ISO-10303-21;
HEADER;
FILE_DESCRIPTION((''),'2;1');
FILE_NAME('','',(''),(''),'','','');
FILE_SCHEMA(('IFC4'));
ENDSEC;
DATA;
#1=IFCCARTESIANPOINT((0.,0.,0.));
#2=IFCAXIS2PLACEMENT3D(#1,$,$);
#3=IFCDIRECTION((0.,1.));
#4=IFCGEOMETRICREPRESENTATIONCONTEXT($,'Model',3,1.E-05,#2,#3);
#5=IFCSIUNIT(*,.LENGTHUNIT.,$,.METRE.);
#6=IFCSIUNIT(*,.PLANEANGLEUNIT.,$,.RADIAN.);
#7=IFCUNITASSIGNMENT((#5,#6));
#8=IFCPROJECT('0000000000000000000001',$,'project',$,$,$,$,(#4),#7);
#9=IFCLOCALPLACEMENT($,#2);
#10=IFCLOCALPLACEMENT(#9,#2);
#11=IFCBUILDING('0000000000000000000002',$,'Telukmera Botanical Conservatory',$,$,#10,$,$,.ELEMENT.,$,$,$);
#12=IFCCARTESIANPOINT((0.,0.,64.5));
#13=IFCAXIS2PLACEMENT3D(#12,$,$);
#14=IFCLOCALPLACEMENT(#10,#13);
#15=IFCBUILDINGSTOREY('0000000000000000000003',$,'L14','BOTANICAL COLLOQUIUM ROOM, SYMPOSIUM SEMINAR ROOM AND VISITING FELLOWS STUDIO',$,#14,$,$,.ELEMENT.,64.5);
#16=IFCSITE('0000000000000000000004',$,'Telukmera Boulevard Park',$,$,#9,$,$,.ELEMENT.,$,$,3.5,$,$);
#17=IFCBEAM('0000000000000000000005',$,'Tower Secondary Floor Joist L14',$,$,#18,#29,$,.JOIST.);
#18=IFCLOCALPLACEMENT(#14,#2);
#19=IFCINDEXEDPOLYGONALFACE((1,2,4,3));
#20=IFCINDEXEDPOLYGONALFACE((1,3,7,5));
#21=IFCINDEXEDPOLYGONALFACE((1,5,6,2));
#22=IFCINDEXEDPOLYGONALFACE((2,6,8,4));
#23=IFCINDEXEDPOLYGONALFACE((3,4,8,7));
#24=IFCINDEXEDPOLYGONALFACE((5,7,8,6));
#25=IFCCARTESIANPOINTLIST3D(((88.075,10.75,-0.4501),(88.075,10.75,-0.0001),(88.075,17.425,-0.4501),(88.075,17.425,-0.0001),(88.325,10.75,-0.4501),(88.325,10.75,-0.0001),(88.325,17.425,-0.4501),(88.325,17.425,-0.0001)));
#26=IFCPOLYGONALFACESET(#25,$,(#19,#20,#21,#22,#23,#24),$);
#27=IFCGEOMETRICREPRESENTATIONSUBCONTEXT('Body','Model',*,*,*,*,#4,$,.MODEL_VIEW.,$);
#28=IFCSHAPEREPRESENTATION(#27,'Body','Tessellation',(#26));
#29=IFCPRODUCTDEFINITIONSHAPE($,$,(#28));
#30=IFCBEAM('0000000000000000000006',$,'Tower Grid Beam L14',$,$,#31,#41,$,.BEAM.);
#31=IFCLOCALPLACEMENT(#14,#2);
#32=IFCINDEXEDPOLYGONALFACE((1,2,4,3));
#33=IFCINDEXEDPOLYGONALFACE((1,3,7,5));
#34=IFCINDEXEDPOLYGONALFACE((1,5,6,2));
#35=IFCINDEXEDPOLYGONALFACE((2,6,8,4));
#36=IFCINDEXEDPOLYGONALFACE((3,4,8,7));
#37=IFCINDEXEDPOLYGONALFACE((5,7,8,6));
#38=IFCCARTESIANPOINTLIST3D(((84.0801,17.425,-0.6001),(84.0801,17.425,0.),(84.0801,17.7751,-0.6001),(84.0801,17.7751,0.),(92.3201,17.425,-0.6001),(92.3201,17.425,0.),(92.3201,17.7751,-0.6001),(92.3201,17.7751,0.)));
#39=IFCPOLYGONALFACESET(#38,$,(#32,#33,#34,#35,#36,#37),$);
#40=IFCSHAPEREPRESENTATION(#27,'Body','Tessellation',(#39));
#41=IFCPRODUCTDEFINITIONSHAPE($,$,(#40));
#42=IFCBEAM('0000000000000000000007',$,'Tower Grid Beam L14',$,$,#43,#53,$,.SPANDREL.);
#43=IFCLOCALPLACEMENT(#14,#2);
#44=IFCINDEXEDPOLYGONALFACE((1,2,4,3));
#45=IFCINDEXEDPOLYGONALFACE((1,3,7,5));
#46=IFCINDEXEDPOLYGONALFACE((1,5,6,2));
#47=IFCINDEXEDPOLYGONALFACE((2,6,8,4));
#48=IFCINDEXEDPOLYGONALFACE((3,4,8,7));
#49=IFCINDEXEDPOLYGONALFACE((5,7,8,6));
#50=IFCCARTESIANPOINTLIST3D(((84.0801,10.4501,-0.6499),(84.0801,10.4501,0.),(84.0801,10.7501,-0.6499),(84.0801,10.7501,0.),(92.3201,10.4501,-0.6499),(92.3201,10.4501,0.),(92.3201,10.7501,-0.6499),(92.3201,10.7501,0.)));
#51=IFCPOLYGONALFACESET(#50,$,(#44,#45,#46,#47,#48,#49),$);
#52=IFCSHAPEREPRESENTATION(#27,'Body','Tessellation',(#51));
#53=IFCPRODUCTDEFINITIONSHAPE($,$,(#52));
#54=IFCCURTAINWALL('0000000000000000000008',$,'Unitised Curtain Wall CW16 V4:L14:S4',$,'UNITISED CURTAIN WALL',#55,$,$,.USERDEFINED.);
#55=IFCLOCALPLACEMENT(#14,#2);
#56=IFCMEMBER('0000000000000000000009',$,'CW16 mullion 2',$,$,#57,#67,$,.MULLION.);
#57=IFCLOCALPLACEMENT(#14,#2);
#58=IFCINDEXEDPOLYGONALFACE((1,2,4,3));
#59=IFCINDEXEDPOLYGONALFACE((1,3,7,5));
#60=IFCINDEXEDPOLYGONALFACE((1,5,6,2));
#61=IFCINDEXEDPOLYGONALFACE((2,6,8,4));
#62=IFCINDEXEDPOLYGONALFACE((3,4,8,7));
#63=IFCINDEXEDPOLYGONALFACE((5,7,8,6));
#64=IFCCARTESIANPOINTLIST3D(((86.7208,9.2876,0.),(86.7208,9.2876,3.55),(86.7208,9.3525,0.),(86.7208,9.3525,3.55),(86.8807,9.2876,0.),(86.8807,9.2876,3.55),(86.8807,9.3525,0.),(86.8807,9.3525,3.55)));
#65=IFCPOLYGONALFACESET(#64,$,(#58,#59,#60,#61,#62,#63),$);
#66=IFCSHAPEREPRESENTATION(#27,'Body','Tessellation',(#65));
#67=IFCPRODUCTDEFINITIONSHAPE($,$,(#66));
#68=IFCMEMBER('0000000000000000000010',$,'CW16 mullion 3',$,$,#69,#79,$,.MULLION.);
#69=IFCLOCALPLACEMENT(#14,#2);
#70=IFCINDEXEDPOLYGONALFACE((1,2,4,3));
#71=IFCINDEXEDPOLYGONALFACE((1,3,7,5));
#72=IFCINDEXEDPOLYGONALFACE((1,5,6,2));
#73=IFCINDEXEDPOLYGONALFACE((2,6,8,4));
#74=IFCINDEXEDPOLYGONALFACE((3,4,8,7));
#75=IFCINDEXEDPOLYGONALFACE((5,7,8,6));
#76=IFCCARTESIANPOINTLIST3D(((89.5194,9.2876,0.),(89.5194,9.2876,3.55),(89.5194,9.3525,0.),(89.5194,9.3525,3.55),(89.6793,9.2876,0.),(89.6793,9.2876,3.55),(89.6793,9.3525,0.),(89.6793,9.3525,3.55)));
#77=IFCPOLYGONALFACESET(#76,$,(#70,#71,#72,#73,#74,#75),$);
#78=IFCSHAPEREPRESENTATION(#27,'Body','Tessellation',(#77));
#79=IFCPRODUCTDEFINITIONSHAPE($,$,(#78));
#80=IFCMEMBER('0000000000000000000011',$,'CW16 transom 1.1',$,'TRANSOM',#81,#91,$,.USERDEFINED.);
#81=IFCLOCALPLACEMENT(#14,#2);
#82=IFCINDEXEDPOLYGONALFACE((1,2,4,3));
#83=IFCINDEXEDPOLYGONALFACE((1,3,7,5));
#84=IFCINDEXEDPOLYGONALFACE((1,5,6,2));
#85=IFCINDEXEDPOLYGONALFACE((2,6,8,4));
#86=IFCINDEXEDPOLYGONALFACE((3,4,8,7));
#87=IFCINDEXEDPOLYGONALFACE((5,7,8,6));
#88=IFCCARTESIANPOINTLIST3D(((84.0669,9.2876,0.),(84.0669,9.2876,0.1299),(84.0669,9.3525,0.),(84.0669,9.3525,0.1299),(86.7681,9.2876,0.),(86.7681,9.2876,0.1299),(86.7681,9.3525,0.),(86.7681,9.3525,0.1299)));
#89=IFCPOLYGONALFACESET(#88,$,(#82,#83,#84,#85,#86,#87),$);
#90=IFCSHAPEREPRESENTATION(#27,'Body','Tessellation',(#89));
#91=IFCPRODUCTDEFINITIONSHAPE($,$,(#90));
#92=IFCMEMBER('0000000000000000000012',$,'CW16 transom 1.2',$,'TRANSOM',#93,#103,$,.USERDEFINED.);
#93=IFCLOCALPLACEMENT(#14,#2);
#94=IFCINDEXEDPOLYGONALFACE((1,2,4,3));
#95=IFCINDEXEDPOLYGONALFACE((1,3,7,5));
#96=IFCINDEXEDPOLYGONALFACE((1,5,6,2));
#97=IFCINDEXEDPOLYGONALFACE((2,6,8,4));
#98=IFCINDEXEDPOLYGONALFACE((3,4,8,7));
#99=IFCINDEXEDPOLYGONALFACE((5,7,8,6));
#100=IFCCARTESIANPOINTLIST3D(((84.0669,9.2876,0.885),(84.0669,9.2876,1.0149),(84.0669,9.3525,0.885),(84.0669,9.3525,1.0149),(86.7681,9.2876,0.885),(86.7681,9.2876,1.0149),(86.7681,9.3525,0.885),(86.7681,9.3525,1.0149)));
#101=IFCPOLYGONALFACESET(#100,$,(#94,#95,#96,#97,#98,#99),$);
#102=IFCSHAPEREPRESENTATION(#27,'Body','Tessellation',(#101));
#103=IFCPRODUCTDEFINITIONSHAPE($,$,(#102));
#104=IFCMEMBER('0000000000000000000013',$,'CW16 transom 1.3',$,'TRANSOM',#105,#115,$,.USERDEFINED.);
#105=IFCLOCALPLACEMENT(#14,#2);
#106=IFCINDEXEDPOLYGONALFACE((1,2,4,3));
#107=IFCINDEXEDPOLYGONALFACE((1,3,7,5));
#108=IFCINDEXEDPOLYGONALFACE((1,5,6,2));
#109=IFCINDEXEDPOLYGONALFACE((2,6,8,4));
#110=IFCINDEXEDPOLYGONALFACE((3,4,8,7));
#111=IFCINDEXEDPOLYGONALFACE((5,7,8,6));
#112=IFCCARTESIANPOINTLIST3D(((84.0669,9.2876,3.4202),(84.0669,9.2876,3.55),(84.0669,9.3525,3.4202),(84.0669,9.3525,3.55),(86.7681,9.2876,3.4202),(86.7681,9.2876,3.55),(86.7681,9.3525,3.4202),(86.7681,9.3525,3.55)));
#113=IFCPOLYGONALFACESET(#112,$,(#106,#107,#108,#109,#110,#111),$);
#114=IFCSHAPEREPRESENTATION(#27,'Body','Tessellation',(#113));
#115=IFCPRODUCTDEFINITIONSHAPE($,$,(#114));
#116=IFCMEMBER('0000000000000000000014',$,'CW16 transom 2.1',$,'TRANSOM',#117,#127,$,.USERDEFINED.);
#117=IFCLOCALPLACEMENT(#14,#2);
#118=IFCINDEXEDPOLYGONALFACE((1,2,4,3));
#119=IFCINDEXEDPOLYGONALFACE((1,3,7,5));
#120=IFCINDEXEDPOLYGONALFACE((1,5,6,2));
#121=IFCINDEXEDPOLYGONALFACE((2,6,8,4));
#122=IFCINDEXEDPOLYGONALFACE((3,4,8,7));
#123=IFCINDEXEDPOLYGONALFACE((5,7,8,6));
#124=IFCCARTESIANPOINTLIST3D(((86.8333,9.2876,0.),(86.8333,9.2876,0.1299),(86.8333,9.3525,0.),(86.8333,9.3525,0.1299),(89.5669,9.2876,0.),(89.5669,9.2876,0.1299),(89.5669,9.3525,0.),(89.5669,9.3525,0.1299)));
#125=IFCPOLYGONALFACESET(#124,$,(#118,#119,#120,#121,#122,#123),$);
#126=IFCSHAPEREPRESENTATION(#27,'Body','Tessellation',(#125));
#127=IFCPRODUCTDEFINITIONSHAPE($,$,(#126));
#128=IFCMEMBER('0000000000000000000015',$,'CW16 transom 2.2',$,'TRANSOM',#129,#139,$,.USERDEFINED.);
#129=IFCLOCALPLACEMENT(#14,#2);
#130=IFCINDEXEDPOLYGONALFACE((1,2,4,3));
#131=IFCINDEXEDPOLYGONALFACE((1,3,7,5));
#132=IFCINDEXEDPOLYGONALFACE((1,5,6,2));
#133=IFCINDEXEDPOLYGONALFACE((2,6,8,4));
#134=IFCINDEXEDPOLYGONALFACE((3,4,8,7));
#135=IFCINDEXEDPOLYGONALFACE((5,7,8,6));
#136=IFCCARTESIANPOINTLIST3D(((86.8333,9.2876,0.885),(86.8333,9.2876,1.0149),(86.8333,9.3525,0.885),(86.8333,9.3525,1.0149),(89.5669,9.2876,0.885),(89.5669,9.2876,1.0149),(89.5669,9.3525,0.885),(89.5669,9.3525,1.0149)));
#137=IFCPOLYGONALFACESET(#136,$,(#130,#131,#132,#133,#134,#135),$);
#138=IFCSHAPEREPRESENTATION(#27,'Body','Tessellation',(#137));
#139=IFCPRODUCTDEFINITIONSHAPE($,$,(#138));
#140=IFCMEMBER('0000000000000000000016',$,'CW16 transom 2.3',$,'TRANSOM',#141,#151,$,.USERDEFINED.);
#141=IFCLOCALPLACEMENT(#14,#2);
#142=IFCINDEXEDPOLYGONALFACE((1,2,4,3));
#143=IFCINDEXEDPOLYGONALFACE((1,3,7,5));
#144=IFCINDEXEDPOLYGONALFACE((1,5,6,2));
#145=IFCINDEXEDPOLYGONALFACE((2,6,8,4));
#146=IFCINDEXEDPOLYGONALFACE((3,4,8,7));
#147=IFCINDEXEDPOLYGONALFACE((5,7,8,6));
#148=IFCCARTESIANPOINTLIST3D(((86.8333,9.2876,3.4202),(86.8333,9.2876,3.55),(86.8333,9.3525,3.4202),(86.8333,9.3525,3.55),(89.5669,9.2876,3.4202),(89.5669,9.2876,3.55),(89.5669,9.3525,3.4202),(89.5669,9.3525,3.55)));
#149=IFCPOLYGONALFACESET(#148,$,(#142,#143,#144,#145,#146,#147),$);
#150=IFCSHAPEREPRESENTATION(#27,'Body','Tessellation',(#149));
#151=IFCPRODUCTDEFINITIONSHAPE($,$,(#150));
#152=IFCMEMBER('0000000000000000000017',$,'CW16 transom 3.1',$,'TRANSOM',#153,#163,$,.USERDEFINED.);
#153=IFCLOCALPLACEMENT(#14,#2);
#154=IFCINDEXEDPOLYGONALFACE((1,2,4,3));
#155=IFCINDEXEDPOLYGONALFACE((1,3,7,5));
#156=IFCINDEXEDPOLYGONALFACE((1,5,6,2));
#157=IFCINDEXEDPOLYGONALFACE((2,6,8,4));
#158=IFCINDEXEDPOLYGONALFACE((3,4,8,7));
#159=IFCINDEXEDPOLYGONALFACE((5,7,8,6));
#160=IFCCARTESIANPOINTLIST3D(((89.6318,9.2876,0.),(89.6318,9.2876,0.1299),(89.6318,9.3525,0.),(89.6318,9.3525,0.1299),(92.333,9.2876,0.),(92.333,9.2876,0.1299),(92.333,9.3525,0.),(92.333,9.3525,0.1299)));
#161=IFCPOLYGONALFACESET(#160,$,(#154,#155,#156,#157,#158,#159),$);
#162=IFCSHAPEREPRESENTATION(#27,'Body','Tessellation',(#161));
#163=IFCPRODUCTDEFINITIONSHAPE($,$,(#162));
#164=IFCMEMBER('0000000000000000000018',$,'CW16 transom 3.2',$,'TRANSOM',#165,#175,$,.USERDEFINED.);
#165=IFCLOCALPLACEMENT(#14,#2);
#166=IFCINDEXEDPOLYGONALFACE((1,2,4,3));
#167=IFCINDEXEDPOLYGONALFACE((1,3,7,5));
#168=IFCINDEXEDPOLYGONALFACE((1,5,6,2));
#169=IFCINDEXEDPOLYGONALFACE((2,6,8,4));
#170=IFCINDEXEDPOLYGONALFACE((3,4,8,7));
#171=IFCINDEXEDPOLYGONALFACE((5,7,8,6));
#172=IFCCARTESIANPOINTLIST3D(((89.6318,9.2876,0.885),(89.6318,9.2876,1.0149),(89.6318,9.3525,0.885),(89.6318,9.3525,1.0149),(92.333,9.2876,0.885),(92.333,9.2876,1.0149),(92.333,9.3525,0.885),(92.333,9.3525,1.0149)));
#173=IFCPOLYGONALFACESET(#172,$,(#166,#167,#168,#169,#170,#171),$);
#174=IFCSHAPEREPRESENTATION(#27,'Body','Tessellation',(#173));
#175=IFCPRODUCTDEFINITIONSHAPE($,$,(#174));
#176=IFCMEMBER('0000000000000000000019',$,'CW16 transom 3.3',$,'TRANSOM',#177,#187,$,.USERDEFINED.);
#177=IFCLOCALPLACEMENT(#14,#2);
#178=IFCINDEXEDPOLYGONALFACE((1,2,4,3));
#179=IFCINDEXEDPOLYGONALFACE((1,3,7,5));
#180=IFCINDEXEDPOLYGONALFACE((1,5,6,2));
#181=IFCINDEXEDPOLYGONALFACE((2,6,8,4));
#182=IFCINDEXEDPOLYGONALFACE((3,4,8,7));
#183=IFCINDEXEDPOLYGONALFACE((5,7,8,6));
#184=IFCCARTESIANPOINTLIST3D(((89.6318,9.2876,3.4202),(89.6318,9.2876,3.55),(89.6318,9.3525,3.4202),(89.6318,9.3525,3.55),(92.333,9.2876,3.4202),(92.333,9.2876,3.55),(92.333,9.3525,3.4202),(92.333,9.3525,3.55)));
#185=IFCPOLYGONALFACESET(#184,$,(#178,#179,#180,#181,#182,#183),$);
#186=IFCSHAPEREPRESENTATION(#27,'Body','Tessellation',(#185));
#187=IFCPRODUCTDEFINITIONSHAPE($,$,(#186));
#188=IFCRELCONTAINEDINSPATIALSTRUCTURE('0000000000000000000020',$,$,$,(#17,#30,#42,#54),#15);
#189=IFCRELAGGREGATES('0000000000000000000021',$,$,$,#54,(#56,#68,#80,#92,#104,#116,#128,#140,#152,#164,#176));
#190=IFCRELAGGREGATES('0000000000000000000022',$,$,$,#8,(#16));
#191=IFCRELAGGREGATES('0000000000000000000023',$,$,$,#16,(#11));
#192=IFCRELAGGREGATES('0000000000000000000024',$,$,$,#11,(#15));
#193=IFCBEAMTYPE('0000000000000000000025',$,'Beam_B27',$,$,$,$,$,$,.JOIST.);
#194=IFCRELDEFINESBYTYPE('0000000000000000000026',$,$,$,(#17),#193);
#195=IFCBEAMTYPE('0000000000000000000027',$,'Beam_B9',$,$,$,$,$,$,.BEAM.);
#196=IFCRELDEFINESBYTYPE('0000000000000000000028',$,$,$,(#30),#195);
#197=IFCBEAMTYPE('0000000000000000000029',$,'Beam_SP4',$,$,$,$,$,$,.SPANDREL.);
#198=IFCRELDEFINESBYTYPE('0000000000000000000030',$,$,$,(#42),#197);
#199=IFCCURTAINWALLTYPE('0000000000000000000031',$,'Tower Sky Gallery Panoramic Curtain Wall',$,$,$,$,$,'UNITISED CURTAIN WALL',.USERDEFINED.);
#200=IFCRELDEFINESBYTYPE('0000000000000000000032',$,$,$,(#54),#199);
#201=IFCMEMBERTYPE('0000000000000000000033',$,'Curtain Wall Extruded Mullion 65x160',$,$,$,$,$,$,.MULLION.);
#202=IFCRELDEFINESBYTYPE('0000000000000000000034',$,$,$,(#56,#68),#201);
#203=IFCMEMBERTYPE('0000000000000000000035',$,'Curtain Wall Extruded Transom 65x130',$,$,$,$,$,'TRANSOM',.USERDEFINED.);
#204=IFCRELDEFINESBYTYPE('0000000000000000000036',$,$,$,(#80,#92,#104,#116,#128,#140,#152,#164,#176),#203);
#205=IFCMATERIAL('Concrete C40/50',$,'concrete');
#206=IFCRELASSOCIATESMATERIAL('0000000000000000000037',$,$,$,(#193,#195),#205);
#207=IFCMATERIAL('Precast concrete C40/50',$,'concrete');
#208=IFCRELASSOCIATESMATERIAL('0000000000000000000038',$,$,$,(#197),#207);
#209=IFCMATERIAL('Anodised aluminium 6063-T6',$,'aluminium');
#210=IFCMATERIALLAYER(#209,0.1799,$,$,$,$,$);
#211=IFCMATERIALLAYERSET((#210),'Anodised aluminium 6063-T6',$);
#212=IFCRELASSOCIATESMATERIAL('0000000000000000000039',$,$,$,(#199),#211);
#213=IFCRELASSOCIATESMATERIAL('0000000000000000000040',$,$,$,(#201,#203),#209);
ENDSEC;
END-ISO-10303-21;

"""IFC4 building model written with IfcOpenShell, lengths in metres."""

from ifc_helpers import new_model, si_unit, direction, frame, origin, origin_2d, place, context, subcontext, project, spatial, rectangle, extrude, material, layer, layer_set, material_profile, profile_set, type_object, element, aggregate, save


model = new_model("IFC4")

# Units and contexts
model_context = context("Model", 3, precision=1e-05, world=origin(), true_north=direction((0.0, 1.0)))
body_context = subcontext(model_context, "Body", "Model", "MODEL_VIEW")
ifc_project = project(units=[si_unit("LENGTHUNIT", "METRE"), si_unit("PLANEANGLEUNIT", "RADIAN")], contexts=[model_context])

# Site, building, storey
site_placement = place(None, origin())
site = spatial("IfcSite", under=ifc_project, at=site_placement, Name="Telukmera Boulevard Park", CompositionType="ELEMENT", RefElevation=3.5)
building_placement = place(site_placement, origin())
building = spatial("IfcBuilding", under=site, at=building_placement, Name="Telukmera Botanical Conservatory", CompositionType="ELEMENT")
storey_placement = place(building_placement, frame((0.0, 0.0, 64.5)))
storey = spatial("IfcBuildingStorey", under=building, at=storey_placement, Name="L14", Description="BOTANICAL COLLOQUIUM ROOM, SYMPOSIUM SEMINAR ROOM AND VISITING FELLOWS STUDIO", CompositionType="ELEMENT", Elevation=64.5)

# Beams
ifc_material_1 = material(Name="Concrete C40/50", Category="concrete")
ifc_material_profile_1 = material_profile(ifc_material_1, rectangle(XDim=0.25, YDim=0.45, at=origin_2d()), Name="RC 250x450")
ifc_profile_set_1 = profile_set([ifc_material_profile_1], Name="Concrete C40/50")
beam_type_1 = type_object("IfcBeamType", Name="Beam_B27", PredefinedType="JOIST", material=ifc_profile_set_1)
beam_1_placement = place(storey_placement, frame((88.2, 10.75, -0.2251), z_axis=(0.0, 1.0, 0.0), x_axis=(-1.0, 0.0, 0.0)))
element("IfcBeam", 1, at=beam_1_placement, inside=storey, type_object=beam_type_1, Name="Tower Secondary Floor Joist L14", PredefinedType="JOIST", context=body_context, shape_type="SweptSolid", body=[
    extrude(rectangle(XDim=0.25, YDim=0.45, at=origin_2d()), origin(), (0.0, 0.0, 1.0), 6.675),
])
ifc_material_profile_2 = material_profile(ifc_material_1, rectangle(XDim=0.3501, YDim=0.6001, at=origin_2d()), Name="RC 350x600")
ifc_profile_set_2 = profile_set([ifc_material_profile_2], Name="Concrete C40/50")
beam_type_2 = type_object("IfcBeamType", Name="Beam_B9", PredefinedType="BEAM", material=ifc_profile_set_2)
beam_2_placement = place(storey_placement, frame((84.0801, 17.6001, -0.3), z_axis=(1.0, 0.0, 0.0), x_axis=(0.0, 1.0, 0.0)))
element("IfcBeam", 2, at=beam_2_placement, inside=storey, type_object=beam_type_2, Name="Tower Grid Beam L14", PredefinedType="BEAM", context=body_context, shape_type="SweptSolid", body=[
    extrude(rectangle(XDim=0.3501, YDim=0.6001, at=origin_2d()), origin(), (0.0, 0.0, 1.0), 8.24),
])
ifc_material_2 = material(Name="Precast concrete C40/50", Category="concrete")
ifc_material_profile_3 = material_profile(ifc_material_2, rectangle(XDim=0.3, YDim=0.6499, at=origin_2d()), Name="PC 300x650")
ifc_profile_set_3 = profile_set([ifc_material_profile_3], Name="Precast concrete C40/50")
beam_type_3 = type_object("IfcBeamType", Name="Beam_SP4", PredefinedType="SPANDREL", material=ifc_profile_set_3)
beam_3_placement = place(storey_placement, frame((84.0801, 10.6001, -0.325), z_axis=(1.0, 0.0, 0.0), x_axis=(0.0, 1.0, 0.0)))
element("IfcBeam", 3, at=beam_3_placement, inside=storey, type_object=beam_type_3, Name="Tower Grid Beam L14", PredefinedType="SPANDREL", context=body_context, shape_type="SweptSolid", body=[
    extrude(rectangle(XDim=0.3, YDim=0.6499, at=origin_2d()), origin(), (0.0, 0.0, 1.0), 8.24),
])

# Curtain wall, members
ifc_material_3 = material(Name="Anodised aluminium 6063-T6", Category="aluminium")
ifc_layer_1 = layer(ifc_material_3, 0.1799)
ifc_layer_set_1 = layer_set([ifc_layer_1], Name="Anodised aluminium 6063-T6")
curtain_wall_type = type_object("IfcCurtainWallType", Name="Tower Sky Gallery Panoramic Curtain Wall", ElementType="UNITISED CURTAIN WALL", PredefinedType="USERDEFINED", material=ifc_layer_set_1)
curtain_wall_placement = place(storey_placement, origin())
curtain_wall = element("IfcCurtainWall", 4, at=curtain_wall_placement, inside=storey, type_object=curtain_wall_type, Name="Unitised Curtain Wall CW16 V4:L14:S4", ObjectType="UNITISED CURTAIN WALL", PredefinedType="USERDEFINED")
ifc_material_profile_4 = material_profile(ifc_material_3, rectangle(XDim=0.0649, YDim=0.1599, at=origin_2d()), Name="ALU MULL 65x160")
ifc_profile_set_4 = profile_set([ifc_material_profile_4], Name="Anodised aluminium 6063-T6")
member_type_1 = type_object("IfcMemberType", Name="Curtain Wall Extruded Mullion 65x160", PredefinedType="MULLION", material=ifc_profile_set_4)
member_1_placement = place(storey_placement, frame((86.8008, 9.3201, 0.0), z_axis=(0.0, 0.0, 1.0), x_axis=(0.0, 1.0, 0.0)))
member_1 = element("IfcMember", 5, at=member_1_placement, type_object=member_type_1, Name="CW16 mullion 2", PredefinedType="MULLION", context=body_context, shape_type="SweptSolid", body=[
    extrude(rectangle(XDim=0.0649, YDim=0.1599, at=origin_2d()), origin(), (0.0, 0.0, 1.0), 3.55),
])
member_2_placement = place(storey_placement, frame((89.5994, 9.3201, 0.0), z_axis=(0.0, 0.0, 1.0), x_axis=(0.0, 1.0, 0.0)))
member_2 = element("IfcMember", 6, at=member_2_placement, type_object=member_type_1, Name="CW16 mullion 3", PredefinedType="MULLION", context=body_context, shape_type="SweptSolid", body=[
    extrude(rectangle(XDim=0.0649, YDim=0.1599, at=origin_2d()), origin(), (0.0, 0.0, 1.0), 3.55),
])
ifc_material_profile_5 = material_profile(ifc_material_3, rectangle(XDim=0.0649, YDim=0.1299, at=origin_2d()), Name="ALU TRAN 65x130")
ifc_profile_set_5 = profile_set([ifc_material_profile_5], Name="Anodised aluminium 6063-T6")
member_type_2 = type_object("IfcMemberType", Name="Curtain Wall Extruded Transom 65x130", ElementType="TRANSOM", PredefinedType="USERDEFINED", material=ifc_profile_set_5)
member_3_placement = place(storey_placement, frame((84.0669, 9.3201, 0.0649), z_axis=(1.0, 0.0, 0.0), x_axis=(0.0, 1.0, 0.0)))
member_3 = element("IfcMember", 7, at=member_3_placement, type_object=member_type_2, Name="CW16 transom 1.1", ObjectType="TRANSOM", PredefinedType="USERDEFINED", context=body_context, shape_type="SweptSolid", body=[
    extrude(rectangle(XDim=0.0649, YDim=0.1299, at=origin_2d()), origin(), (0.0, 0.0, 1.0), 2.7012),
])
member_4_placement = place(storey_placement, frame((84.0669, 9.3201, 0.95), z_axis=(1.0, 0.0, 0.0), x_axis=(0.0, 1.0, 0.0)))
member_4 = element("IfcMember", 8, at=member_4_placement, type_object=member_type_2, Name="CW16 transom 1.2", ObjectType="TRANSOM", PredefinedType="USERDEFINED", context=body_context, shape_type="SweptSolid", body=[
    extrude(rectangle(XDim=0.0649, YDim=0.1299, at=origin_2d()), origin(), (0.0, 0.0, 1.0), 2.7012),
])
member_5_placement = place(storey_placement, frame((84.0669, 9.3201, 3.4851), z_axis=(1.0, 0.0, 0.0), x_axis=(0.0, 1.0, 0.0)))
member_5 = element("IfcMember", 9, at=member_5_placement, type_object=member_type_2, Name="CW16 transom 1.3", ObjectType="TRANSOM", PredefinedType="USERDEFINED", context=body_context, shape_type="SweptSolid", body=[
    extrude(rectangle(XDim=0.0649, YDim=0.1299, at=origin_2d()), origin(), (0.0, 0.0, 1.0), 2.7012),
])
member_6_placement = place(storey_placement, frame((86.8333, 9.3201, 0.0649), z_axis=(1.0, 0.0, 0.0), x_axis=(0.0, 1.0, 0.0)))
member_6 = element("IfcMember", 10, at=member_6_placement, type_object=member_type_2, Name="CW16 transom 2.1", ObjectType="TRANSOM", PredefinedType="USERDEFINED", context=body_context, shape_type="SweptSolid", body=[
    extrude(rectangle(XDim=0.0649, YDim=0.1299, at=origin_2d()), origin(), (0.0, 0.0, 1.0), 2.7336),
])
member_7_placement = place(storey_placement, frame((86.8333, 9.3201, 0.95), z_axis=(1.0, 0.0, 0.0), x_axis=(0.0, 1.0, 0.0)))
member_7 = element("IfcMember", 11, at=member_7_placement, type_object=member_type_2, Name="CW16 transom 2.2", ObjectType="TRANSOM", PredefinedType="USERDEFINED", context=body_context, shape_type="SweptSolid", body=[
    extrude(rectangle(XDim=0.0649, YDim=0.1299, at=origin_2d()), origin(), (0.0, 0.0, 1.0), 2.7336),
])
member_8_placement = place(storey_placement, frame((86.8333, 9.3201, 3.4851), z_axis=(1.0, 0.0, 0.0), x_axis=(0.0, 1.0, 0.0)))
member_8 = element("IfcMember", 12, at=member_8_placement, type_object=member_type_2, Name="CW16 transom 2.3", ObjectType="TRANSOM", PredefinedType="USERDEFINED", context=body_context, shape_type="SweptSolid", body=[
    extrude(rectangle(XDim=0.0649, YDim=0.1299, at=origin_2d()), origin(), (0.0, 0.0, 1.0), 2.7336),
])
member_9_placement = place(storey_placement, frame((89.6318, 9.3201, 0.0649), z_axis=(1.0, 0.0, 0.0), x_axis=(0.0, 1.0, 0.0)))
member_9 = element("IfcMember", 13, at=member_9_placement, type_object=member_type_2, Name="CW16 transom 3.1", ObjectType="TRANSOM", PredefinedType="USERDEFINED", context=body_context, shape_type="SweptSolid", body=[
    extrude(rectangle(XDim=0.0649, YDim=0.1299, at=origin_2d()), origin(), (0.0, 0.0, 1.0), 2.7012),
])
member_10_placement = place(storey_placement, frame((89.6318, 9.3201, 0.95), z_axis=(1.0, 0.0, 0.0), x_axis=(0.0, 1.0, 0.0)))
member_10 = element("IfcMember", 14, at=member_10_placement, type_object=member_type_2, Name="CW16 transom 3.2", ObjectType="TRANSOM", PredefinedType="USERDEFINED", context=body_context, shape_type="SweptSolid", body=[
    extrude(rectangle(XDim=0.0649, YDim=0.1299, at=origin_2d()), origin(), (0.0, 0.0, 1.0), 2.7012),
])
member_11_placement = place(storey_placement, frame((89.6318, 9.3201, 3.4851), z_axis=(1.0, 0.0, 0.0), x_axis=(0.0, 1.0, 0.0)))
member_11 = element("IfcMember", 15, at=member_11_placement, type_object=member_type_2, Name="CW16 transom 3.3", ObjectType="TRANSOM", PredefinedType="USERDEFINED", context=body_context, shape_type="SweptSolid", body=[
    extrude(rectangle(XDim=0.0649, YDim=0.1299, at=origin_2d()), origin(), (0.0, 0.0, 1.0), 2.7012),
])
aggregate(curtain_wall, [member_1, member_2, member_3, member_4, member_5, member_6, member_7, member_8, member_9, member_10, member_11])

save(model, "model.ifc")
